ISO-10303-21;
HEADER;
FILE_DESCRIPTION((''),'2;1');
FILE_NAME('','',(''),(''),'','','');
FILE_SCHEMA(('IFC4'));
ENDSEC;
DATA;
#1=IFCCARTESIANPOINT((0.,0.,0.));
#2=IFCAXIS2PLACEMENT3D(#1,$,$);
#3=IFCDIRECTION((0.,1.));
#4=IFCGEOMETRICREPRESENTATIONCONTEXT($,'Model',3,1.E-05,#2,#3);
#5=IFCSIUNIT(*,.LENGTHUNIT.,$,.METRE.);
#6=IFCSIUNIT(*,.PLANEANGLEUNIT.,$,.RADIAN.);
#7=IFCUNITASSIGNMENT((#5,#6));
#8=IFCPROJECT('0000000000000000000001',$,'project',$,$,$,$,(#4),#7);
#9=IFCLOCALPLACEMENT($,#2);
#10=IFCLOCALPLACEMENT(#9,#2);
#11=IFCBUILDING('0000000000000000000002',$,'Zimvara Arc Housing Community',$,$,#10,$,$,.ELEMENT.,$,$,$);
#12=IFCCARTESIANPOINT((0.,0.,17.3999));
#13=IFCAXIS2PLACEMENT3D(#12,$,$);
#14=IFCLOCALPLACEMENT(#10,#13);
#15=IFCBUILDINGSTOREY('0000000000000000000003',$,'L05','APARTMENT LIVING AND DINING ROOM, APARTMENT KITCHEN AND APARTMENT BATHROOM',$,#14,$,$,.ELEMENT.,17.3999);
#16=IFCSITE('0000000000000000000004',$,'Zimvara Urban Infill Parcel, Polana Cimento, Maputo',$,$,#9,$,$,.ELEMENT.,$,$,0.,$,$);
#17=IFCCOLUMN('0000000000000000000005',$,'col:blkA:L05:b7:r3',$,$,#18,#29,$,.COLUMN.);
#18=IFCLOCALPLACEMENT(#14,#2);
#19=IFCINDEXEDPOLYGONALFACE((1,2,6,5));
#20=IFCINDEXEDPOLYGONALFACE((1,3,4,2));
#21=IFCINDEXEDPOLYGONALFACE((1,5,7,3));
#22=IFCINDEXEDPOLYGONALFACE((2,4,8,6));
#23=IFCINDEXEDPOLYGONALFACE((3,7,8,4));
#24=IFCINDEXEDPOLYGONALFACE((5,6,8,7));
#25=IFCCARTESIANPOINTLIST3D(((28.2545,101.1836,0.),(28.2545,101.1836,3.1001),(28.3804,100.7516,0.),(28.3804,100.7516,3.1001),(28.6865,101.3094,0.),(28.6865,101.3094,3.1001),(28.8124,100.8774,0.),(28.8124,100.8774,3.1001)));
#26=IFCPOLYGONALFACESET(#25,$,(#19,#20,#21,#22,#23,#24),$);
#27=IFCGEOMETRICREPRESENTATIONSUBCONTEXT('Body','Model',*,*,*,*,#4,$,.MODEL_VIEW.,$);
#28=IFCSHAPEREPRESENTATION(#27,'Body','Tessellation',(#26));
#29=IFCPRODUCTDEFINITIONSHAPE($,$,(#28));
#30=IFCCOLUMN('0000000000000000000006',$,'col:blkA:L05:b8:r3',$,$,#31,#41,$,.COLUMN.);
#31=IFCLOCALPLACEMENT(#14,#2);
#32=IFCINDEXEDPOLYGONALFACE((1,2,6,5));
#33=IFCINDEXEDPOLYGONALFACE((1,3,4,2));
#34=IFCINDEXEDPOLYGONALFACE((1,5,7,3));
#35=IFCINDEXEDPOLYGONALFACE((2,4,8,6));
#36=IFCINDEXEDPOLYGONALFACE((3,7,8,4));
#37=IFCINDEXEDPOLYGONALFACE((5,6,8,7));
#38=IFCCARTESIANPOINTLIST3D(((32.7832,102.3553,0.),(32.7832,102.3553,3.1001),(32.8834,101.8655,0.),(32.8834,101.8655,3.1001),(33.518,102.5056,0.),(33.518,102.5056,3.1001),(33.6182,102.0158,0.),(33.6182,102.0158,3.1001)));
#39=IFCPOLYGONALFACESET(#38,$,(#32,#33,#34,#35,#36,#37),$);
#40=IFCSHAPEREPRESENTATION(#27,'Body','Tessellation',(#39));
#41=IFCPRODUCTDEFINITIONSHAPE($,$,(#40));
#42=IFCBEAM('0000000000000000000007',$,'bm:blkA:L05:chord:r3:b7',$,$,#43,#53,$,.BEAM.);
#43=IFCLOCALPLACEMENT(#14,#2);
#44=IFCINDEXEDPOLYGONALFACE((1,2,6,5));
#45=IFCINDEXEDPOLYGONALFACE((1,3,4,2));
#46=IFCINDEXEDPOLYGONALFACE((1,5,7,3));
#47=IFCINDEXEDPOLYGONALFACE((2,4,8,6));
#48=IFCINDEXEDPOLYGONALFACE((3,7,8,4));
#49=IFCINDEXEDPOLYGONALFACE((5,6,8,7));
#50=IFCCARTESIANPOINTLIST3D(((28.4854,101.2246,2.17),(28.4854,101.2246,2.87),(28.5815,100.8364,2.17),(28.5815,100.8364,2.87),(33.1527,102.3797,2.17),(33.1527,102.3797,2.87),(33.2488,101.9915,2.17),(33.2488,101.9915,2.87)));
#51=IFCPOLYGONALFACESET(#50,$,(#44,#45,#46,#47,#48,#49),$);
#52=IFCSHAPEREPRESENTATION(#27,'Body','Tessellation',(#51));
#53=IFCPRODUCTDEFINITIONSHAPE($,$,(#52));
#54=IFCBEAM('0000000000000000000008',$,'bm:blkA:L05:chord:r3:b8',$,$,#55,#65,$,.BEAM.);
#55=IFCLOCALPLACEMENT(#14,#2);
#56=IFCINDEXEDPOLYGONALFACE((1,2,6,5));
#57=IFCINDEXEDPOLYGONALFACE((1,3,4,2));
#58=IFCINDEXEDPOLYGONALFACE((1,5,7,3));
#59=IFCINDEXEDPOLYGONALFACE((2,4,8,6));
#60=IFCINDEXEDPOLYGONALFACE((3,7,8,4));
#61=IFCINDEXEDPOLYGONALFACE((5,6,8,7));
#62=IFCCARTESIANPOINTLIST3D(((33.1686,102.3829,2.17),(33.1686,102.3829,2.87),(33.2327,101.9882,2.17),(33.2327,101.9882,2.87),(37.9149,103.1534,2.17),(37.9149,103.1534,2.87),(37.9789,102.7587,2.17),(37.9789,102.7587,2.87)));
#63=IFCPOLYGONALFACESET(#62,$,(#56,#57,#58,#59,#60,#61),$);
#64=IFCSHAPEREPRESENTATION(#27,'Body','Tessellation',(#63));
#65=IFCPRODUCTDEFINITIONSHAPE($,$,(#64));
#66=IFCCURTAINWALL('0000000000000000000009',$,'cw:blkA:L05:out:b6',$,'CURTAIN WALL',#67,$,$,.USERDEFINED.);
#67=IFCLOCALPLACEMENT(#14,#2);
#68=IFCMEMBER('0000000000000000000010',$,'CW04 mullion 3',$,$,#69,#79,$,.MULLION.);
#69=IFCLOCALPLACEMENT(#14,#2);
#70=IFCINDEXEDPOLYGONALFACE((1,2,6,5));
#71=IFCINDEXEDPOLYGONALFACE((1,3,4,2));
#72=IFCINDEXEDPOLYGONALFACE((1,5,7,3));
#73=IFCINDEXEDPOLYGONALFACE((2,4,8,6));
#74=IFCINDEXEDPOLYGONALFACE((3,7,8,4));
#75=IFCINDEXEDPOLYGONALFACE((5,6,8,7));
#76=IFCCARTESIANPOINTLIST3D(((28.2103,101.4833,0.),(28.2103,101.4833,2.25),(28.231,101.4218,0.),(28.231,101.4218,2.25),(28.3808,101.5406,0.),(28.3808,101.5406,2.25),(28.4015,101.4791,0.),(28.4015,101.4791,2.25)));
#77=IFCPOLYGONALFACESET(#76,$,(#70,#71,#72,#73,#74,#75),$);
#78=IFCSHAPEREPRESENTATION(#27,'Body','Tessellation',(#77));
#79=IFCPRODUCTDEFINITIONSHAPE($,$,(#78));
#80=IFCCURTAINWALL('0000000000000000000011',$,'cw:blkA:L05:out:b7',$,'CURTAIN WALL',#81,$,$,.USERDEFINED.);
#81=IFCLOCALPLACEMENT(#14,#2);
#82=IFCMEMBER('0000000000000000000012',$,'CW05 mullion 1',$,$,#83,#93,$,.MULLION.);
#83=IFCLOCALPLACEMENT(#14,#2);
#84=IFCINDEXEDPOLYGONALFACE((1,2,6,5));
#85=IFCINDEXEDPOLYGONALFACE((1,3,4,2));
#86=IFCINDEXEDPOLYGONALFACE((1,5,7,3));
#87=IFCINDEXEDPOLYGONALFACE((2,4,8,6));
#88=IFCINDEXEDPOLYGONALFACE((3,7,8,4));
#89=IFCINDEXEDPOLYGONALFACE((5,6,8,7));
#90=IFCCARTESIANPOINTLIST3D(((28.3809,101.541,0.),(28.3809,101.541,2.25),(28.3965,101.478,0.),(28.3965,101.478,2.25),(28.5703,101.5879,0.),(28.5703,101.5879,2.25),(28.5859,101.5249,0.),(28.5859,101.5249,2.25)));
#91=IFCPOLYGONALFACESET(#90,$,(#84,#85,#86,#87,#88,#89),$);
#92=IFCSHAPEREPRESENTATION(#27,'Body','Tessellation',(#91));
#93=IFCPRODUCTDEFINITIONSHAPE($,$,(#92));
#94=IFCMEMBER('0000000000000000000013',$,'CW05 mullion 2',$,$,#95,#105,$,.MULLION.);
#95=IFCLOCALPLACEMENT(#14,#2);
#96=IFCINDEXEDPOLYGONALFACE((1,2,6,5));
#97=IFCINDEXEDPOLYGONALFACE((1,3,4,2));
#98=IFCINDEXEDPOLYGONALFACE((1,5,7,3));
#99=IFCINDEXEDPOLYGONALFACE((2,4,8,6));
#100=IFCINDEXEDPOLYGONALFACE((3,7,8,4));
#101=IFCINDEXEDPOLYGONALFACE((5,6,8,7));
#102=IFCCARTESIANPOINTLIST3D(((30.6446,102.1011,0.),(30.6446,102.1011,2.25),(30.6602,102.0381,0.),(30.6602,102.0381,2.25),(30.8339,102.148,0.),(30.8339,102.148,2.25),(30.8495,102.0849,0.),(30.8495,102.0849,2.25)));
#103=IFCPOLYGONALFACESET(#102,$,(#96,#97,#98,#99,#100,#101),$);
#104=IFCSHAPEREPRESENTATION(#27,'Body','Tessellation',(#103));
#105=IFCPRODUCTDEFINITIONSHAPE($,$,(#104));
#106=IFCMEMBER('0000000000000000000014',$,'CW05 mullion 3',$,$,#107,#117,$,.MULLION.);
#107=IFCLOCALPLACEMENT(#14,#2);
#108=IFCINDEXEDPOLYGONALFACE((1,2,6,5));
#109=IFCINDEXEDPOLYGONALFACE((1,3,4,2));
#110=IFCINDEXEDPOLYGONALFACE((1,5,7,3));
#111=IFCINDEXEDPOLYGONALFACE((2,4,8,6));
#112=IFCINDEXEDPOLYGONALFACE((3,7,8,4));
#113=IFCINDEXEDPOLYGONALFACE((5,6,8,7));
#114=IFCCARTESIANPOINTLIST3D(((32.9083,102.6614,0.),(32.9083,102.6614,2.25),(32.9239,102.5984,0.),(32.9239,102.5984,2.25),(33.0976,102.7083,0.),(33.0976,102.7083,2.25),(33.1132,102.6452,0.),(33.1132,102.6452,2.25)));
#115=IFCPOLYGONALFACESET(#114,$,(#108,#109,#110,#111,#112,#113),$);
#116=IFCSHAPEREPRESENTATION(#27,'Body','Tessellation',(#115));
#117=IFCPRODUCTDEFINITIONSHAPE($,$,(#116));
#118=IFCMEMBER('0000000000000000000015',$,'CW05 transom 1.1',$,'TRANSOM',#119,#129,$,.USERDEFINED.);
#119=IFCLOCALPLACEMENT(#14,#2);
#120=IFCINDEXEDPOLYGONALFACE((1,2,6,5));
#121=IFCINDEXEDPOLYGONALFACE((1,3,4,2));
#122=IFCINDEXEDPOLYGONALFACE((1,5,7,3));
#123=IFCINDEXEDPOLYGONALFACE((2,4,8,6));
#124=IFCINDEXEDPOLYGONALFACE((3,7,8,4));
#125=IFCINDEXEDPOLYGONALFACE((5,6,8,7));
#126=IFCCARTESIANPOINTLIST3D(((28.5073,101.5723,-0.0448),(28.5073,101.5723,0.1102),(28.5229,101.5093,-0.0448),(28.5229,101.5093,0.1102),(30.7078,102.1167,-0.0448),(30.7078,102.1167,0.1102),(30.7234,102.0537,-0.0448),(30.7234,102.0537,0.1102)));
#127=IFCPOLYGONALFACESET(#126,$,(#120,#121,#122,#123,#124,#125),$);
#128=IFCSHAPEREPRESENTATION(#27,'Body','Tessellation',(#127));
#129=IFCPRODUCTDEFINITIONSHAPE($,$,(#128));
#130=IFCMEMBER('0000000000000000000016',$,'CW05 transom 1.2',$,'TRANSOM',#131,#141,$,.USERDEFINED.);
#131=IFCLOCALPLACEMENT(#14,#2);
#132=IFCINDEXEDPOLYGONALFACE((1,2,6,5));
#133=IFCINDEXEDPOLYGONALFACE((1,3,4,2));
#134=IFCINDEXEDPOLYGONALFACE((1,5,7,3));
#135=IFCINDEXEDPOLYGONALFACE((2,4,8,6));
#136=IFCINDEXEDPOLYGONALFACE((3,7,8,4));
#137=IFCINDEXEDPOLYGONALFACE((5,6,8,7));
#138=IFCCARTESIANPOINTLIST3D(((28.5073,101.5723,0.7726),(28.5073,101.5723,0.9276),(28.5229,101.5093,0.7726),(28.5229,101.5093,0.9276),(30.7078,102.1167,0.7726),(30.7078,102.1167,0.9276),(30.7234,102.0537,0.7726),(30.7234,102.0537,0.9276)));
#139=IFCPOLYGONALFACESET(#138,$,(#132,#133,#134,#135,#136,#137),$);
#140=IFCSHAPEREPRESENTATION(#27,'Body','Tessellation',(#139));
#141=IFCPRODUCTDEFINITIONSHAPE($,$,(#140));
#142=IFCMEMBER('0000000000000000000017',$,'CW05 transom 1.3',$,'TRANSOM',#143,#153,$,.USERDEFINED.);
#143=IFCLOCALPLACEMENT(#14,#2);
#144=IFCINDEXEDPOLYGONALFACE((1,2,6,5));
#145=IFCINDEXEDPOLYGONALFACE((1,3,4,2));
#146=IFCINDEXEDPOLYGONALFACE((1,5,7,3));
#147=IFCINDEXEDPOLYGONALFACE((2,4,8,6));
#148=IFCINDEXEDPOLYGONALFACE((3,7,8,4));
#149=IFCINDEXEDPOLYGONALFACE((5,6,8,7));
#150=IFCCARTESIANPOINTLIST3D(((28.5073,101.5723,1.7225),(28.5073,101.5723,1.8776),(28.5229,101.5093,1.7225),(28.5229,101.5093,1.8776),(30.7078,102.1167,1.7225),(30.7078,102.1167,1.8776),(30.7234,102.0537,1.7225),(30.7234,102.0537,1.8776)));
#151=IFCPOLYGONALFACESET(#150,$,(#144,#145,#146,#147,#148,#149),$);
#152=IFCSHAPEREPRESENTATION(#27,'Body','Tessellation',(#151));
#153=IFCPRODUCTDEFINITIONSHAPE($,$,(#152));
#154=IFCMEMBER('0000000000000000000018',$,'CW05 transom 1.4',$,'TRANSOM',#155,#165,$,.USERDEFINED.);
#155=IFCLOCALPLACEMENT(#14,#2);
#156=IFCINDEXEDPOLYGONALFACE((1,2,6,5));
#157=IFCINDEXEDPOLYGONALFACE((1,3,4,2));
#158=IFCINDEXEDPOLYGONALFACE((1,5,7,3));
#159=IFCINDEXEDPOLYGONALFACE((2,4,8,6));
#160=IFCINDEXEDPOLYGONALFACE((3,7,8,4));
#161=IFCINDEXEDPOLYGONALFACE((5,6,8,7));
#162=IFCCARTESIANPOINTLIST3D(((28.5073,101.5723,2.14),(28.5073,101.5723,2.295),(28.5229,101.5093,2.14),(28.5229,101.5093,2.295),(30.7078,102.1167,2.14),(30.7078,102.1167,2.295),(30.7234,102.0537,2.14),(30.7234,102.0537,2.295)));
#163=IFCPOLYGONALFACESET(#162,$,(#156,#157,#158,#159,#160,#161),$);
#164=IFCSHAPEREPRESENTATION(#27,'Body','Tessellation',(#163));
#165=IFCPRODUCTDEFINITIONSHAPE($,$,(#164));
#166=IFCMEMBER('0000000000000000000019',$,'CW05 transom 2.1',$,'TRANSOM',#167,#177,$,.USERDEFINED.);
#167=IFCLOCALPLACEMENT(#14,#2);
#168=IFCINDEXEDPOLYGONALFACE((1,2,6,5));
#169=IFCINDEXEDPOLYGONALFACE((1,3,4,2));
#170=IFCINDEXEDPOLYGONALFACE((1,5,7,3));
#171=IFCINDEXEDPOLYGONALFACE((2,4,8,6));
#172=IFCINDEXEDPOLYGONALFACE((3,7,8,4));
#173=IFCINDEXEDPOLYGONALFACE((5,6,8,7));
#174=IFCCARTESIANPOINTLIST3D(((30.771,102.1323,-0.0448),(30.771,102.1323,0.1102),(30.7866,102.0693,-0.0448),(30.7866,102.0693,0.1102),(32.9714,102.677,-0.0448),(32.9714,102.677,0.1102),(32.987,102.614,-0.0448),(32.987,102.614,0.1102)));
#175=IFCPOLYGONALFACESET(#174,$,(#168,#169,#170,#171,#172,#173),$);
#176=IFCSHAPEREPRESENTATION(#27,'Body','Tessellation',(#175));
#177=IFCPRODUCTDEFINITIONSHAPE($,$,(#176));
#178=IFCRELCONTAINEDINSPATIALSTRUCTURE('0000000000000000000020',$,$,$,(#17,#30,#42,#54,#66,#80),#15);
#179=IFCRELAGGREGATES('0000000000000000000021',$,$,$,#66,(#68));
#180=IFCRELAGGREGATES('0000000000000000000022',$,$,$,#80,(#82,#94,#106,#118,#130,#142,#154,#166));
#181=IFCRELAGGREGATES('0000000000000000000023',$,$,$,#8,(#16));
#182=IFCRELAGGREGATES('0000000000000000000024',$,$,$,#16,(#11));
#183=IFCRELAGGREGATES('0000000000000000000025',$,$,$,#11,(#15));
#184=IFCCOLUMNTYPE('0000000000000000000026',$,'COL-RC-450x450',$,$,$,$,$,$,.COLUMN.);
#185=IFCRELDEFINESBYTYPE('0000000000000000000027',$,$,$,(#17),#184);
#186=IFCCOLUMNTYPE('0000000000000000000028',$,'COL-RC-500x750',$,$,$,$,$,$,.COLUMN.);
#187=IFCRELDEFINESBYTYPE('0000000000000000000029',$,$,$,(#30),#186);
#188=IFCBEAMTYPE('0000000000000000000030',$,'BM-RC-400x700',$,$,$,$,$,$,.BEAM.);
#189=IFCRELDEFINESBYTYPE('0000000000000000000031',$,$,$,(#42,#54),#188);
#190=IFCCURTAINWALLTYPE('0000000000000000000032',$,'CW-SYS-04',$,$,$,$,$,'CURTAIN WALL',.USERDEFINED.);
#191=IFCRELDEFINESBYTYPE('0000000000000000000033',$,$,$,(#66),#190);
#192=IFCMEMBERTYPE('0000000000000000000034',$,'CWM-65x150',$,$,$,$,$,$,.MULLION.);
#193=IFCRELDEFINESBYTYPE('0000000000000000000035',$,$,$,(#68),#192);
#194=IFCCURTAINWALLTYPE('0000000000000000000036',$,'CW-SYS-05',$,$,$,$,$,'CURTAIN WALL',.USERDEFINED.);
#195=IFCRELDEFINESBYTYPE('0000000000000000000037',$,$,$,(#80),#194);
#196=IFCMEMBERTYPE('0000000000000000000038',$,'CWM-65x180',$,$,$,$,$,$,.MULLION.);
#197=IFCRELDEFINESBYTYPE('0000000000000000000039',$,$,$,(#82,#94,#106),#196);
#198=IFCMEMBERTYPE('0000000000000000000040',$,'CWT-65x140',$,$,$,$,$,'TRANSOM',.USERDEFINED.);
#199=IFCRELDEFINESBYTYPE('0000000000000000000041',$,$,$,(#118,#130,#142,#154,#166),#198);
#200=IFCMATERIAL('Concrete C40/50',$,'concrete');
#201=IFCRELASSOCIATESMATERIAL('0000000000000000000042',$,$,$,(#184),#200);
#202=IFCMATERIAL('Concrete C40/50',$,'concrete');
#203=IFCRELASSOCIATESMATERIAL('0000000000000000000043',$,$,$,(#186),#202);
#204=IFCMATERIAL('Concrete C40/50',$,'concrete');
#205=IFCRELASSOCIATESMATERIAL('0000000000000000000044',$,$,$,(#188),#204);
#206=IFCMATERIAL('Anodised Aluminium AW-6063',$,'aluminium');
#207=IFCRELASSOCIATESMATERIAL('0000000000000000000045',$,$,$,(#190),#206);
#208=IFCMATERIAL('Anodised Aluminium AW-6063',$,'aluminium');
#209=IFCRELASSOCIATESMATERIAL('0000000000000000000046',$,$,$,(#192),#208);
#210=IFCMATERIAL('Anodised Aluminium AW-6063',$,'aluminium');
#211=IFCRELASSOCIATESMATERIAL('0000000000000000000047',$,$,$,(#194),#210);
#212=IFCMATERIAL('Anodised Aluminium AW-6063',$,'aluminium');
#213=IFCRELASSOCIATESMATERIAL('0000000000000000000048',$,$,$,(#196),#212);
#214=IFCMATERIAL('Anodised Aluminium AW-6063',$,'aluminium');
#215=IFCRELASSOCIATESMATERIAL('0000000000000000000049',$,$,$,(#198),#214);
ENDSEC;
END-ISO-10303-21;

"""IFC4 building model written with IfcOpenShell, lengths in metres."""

from ifc_helpers import new_model, si_unit, direction, frame, origin, origin_2d, place, context, subcontext, project, spatial, rectangle, extrude, material, material_profile, profile_set, type_object, element, aggregate, save


model = new_model("IFC4")

# Units and contexts
model_context = context("Model", 3, precision=1e-05, world=origin(), true_north=direction((0.0, 1.0)))
body_context = subcontext(model_context, "Body", "Model", "MODEL_VIEW")
ifc_project = project(units=[si_unit("LENGTHUNIT", "METRE"), si_unit("PLANEANGLEUNIT", "RADIAN")], contexts=[model_context])

# Site, building, storey
site_placement = place(None, origin())
site = spatial("IfcSite", under=ifc_project, at=site_placement, Name="Zimvara Urban Infill Parcel, Polana Cimento, Maputo", CompositionType="ELEMENT", RefElevation=0.0)
building_placement = place(site_placement, origin())
building = spatial("IfcBuilding", under=site, at=building_placement, Name="Zimvara Arc Housing Community", CompositionType="ELEMENT")
storey_placement = place(building_placement, frame((0.0, 0.0, 17.3999)))
storey = spatial("IfcBuildingStorey", under=building, at=storey_placement, Name="L05", Description="APARTMENT LIVING AND DINING ROOM, APARTMENT KITCHEN AND APARTMENT BATHROOM", CompositionType="ELEMENT", Elevation=17.3999)

# Columns
ifc_material_1 = material(Name="Concrete C40/50", Category="concrete")
ifc_material_profile_1 = material_profile(ifc_material_1, rectangle(XDim=0.45, YDim=0.45, at=origin_2d()), Name="RC 450x450")
ifc_profile_set_1 = profile_set([ifc_material_profile_1], Name="Concrete C40/50")
column_type_1 = type_object("IfcColumnType", Name="COL-RC-450x450", PredefinedType="COLUMN", material=ifc_profile_set_1)
column_1_placement = place(storey_placement, frame((28.5334, 101.0305, 0.0), z_axis=(0.0, 0.0, 1.0), x_axis=(-0.279661, 0.960099, 0.0)))
element("IfcColumn", 1, at=column_1_placement, inside=storey, type_object=column_type_1, Name="col:blkA:L05:b7:r3", PredefinedType="COLUMN", context=body_context, shape_type="SweptSolid", body=[
    extrude(rectangle(XDim=0.45, YDim=0.45, at=origin_2d()), origin(), (0.0, 0.0, 1.0), 3.1001),
])
ifc_material_2 = material(Name="Concrete C40/50", Category="concrete")
ifc_material_profile_2 = material_profile(ifc_material_2, rectangle(XDim=0.5, YDim=0.75, at=origin_2d()), Name="RC 500x750")
ifc_profile_set_2 = profile_set([ifc_material_profile_2], Name="Concrete C40/50")
column_type_2 = type_object("IfcColumnType", Name="COL-RC-500x750", PredefinedType="COLUMN", material=ifc_profile_set_2)
column_2_placement = place(storey_placement, frame((33.2007, 102.1855, 0.0), z_axis=(0.0, 0.0, 1.0), x_axis=(-0.200394, 0.979715, 0.0)))
element("IfcColumn", 2, at=column_2_placement, inside=storey, type_object=column_type_2, Name="col:blkA:L05:b8:r3", PredefinedType="COLUMN", context=body_context, shape_type="SweptSolid", body=[
    extrude(rectangle(XDim=0.5, YDim=0.75, at=origin_2d()), origin(), (0.0, 0.0, 1.0), 3.1001),
])

# Beams
ifc_material_3 = material(Name="Concrete C40/50", Category="concrete")
ifc_material_profile_3 = material_profile(ifc_material_3, rectangle(XDim=0.3999, YDim=0.7, at=origin_2d()), Name="RC 400x700")
ifc_profile_set_3 = profile_set([ifc_material_profile_3], Name="Concrete C40/50")
beam_type = type_object("IfcBeamType", Name="BM-RC-400x700", PredefinedType="BEAM", material=ifc_profile_set_3)
beam_1_placement = place(storey_placement, frame((28.5334, 101.0305, 2.52), z_axis=(0.970716, 0.240229, 0.0), x_axis=(-0.240229, 0.970716, 0.0)))
element("IfcBeam", 3, at=beam_1_placement, inside=storey, type_object=beam_type, Name="bm:blkA:L05:chord:r3:b7", PredefinedType="BEAM", context=body_context, shape_type="SweptSolid", body=[
    extrude(rectangle(XDim=0.3999, YDim=0.7, at=origin_2d()), origin(), (0.0, 0.0, 1.0), 4.8081),
])
beam_2_placement = place(storey_placement, frame((33.2007, 102.1855, 2.52), z_axis=(0.987077, 0.160248, 0.0), x_axis=(-0.160248, 0.987077, 0.0)))
element("IfcBeam", 4, at=beam_2_placement, inside=storey, type_object=beam_type, Name="bm:blkA:L05:chord:r3:b8", PredefinedType="BEAM", context=body_context, shape_type="SweptSolid", body=[
    extrude(rectangle(XDim=0.3999, YDim=0.7, at=origin_2d()), origin(), (0.0, 0.0, 1.0), 4.8083),
])

# Curtain wall, member
ifc_material_4 = material(Name="Anodised Aluminium AW-6063", Category="aluminium")
curtain_wall_type_1 = type_object("IfcCurtainWallType", Name="CW-SYS-04", ElementType="CURTAIN WALL", PredefinedType="USERDEFINED", material=ifc_material_4)
curtain_wall_1_placement = place(storey_placement, origin())
curtain_wall_1 = element("IfcCurtainWall", 5, at=curtain_wall_1_placement, inside=storey, type_object=curtain_wall_type_1, Name="cw:blkA:L05:out:b6", ObjectType="CURTAIN WALL", PredefinedType="USERDEFINED")
ifc_material_5 = material(Name="Anodised Aluminium AW-6063", Category="aluminium")
ifc_material_profile_4 = material_profile(ifc_material_5, rectangle(XDim=0.0649, YDim=0.1799, at=origin_2d()), Name="ALU 65x180")
ifc_profile_set_4 = profile_set([ifc_material_profile_4], Name="Anodised Aluminium AW-6063")
member_type_1 = type_object("IfcMemberType", Name="CWM-65x150", PredefinedType="MULLION", material=ifc_profile_set_4)
member_1_placement = place(storey_placement, frame((28.3059, 101.4812, 0.0), z_axis=(0.0, 0.0, 1.0), x_axis=(-0.318629, 0.94788, 0.0)))
member_1 = element("IfcMember", 6, at=member_1_placement, type_object=member_type_1, Name="CW04 mullion 3", PredefinedType="MULLION", context=body_context, shape_type="SweptSolid", body=[
    extrude(rectangle(XDim=0.0649, YDim=0.1799, at=origin_2d()), origin(), (0.0, 0.0, 1.0), 2.25),
])

# Curtain wall, members
ifc_material_6 = material(Name="Anodised Aluminium AW-6063", Category="aluminium")
curtain_wall_type_2 = type_object("IfcCurtainWallType", Name="CW-SYS-05", ElementType="CURTAIN WALL", PredefinedType="USERDEFINED", material=ifc_material_6)
curtain_wall_2_placement = place(storey_placement, origin())
curtain_wall_2 = element("IfcCurtainWall", 7, at=curtain_wall_2_placement, inside=storey, type_object=curtain_wall_type_2, Name="cw:blkA:L05:out:b7", ObjectType="CURTAIN WALL", PredefinedType="USERDEFINED")
ifc_material_7 = material(Name="Anodised Aluminium AW-6063", Category="aluminium")
ifc_material_profile_5 = material_profile(ifc_material_7, rectangle(XDim=0.0649, YDim=0.1951, at=origin_2d()), Name="ALU 65x195")
ifc_profile_set_5 = profile_set([ifc_material_profile_5], Name="Anodised Aluminium AW-6063")
member_type_2 = type_object("IfcMemberType", Name="CWM-65x180", PredefinedType="MULLION", material=ifc_profile_set_5)
member_2_placement = place(storey_placement, frame((28.4834, 101.533, 0.0), z_axis=(0.0, 0.0, 1.0), x_axis=(-0.24023, 0.970716, 0.0)))
member_2 = element("IfcMember", 8, at=member_2_placement, type_object=member_type_2, Name="CW05 mullion 1", PredefinedType="MULLION", context=body_context, shape_type="SweptSolid", body=[
    extrude(rectangle(XDim=0.0649, YDim=0.1951, at=origin_2d()), origin(), (0.0, 0.0, 1.0), 2.25),
])
member_3_placement = place(storey_placement, frame((30.7471, 102.093, 0.0), z_axis=(0.0, 0.0, 1.0), x_axis=(-0.24023, 0.970716, 0.0)))
member_3 = element("IfcMember", 9, at=member_3_placement, type_object=member_type_2, Name="CW05 mullion 2", PredefinedType="MULLION", context=body_context, shape_type="SweptSolid", body=[
    extrude(rectangle(XDim=0.0649, YDim=0.1951, at=origin_2d()), origin(), (0.0, 0.0, 1.0), 2.25),
])
member_4_placement = place(storey_placement, frame((33.0107, 102.6533, 0.0), z_axis=(0.0, 0.0, 1.0), x_axis=(-0.24023, 0.970716, 0.0)))
member_4 = element("IfcMember", 10, at=member_4_placement, type_object=member_type_2, Name="CW05 mullion 3", PredefinedType="MULLION", context=body_context, shape_type="SweptSolid", body=[
    extrude(rectangle(XDim=0.0649, YDim=0.1951, at=origin_2d()), origin(), (0.0, 0.0, 1.0), 2.25),
])
ifc_material_8 = material(Name="Anodised Aluminium AW-6063", Category="aluminium")
ifc_material_profile_6 = material_profile(ifc_material_8, rectangle(XDim=0.0649, YDim=0.155, at=origin_2d()), Name="ALU 65x155")
ifc_profile_set_6 = profile_set([ifc_material_profile_6], Name="Anodised Aluminium AW-6063")
member_type_3 = type_object("IfcMemberType", Name="CWT-65x140", ElementType="TRANSOM", PredefinedType="USERDEFINED", material=ifc_profile_set_6)
member_5_placement = place(storey_placement, frame((28.5151, 101.5408, 0.0327), z_axis=(0.970729, 0.240178, 0.0), x_axis=(-0.240178, 0.970729, 0.0)))
member_5 = element("IfcMember", 11, at=member_5_placement, type_object=member_type_3, Name="CW05 transom 1.1", ObjectType="TRANSOM", PredefinedType="USERDEFINED", context=body_context, shape_type="SweptSolid", body=[
    extrude(rectangle(XDim=0.0649, YDim=0.155, at=origin_2d()), origin(), (0.0, 0.0, 1.0), 2.2668),
])
member_6_placement = place(storey_placement, frame((28.5151, 101.5408, 0.8501), z_axis=(0.970729, 0.240178, 0.0), x_axis=(-0.240178, 0.970729, 0.0)))
member_6 = element("IfcMember", 12, at=member_6_placement, type_object=member_type_3, Name="CW05 transom 1.2", ObjectType="TRANSOM", PredefinedType="USERDEFINED", context=body_context, shape_type="SweptSolid", body=[
    extrude(rectangle(XDim=0.0649, YDim=0.155, at=origin_2d()), origin(), (0.0, 0.0, 1.0), 2.2668),
])
member_7_placement = place(storey_placement, frame((28.5151, 101.5408, 1.8), z_axis=(0.970729, 0.240178, 0.0), x_axis=(-0.240178, 0.970729, 0.0)))
member_7 = element("IfcMember", 13, at=member_7_placement, type_object=member_type_3, Name="CW05 transom 1.3", ObjectType="TRANSOM", PredefinedType="USERDEFINED", context=body_context, shape_type="SweptSolid", body=[
    extrude(rectangle(XDim=0.0649, YDim=0.155, at=origin_2d()), origin(), (0.0, 0.0, 1.0), 2.2668),
])
member_8_placement = place(storey_placement, frame((28.5151, 101.5408, 2.2175), z_axis=(0.970729, 0.240178, 0.0), x_axis=(-0.240178, 0.970729, 0.0)))
member_8 = element("IfcMember", 14, at=member_8_placement, type_object=member_type_3, Name="CW05 transom 1.4", ObjectType="TRANSOM", PredefinedType="USERDEFINED", context=body_context, shape_type="SweptSolid", body=[
    extrude(rectangle(XDim=0.0649, YDim=0.155, at=origin_2d()), origin(), (0.0, 0.0, 1.0), 2.2668),
])
member_9_placement = place(storey_placement, frame((30.7788, 102.1008, 0.0327), z_axis=(0.970704, 0.24028, 0.0), x_axis=(-0.24028, 0.970704, 0.0)))
member_9 = element("IfcMember", 15, at=member_9_placement, type_object=member_type_3, Name="CW05 transom 2.1", ObjectType="TRANSOM", PredefinedType="USERDEFINED", context=body_context, shape_type="SweptSolid", body=[
    extrude(rectangle(XDim=0.0649, YDim=0.155, at=origin_2d()), origin(), (0.0, 0.0, 1.0), 2.2668),
])

aggregate(curtain_wall_1, [member_1])
aggregate(curtain_wall_2, [member_2, member_3, member_4, member_5, member_6, member_7, member_8, member_9])

save(model, "model.ifc")
